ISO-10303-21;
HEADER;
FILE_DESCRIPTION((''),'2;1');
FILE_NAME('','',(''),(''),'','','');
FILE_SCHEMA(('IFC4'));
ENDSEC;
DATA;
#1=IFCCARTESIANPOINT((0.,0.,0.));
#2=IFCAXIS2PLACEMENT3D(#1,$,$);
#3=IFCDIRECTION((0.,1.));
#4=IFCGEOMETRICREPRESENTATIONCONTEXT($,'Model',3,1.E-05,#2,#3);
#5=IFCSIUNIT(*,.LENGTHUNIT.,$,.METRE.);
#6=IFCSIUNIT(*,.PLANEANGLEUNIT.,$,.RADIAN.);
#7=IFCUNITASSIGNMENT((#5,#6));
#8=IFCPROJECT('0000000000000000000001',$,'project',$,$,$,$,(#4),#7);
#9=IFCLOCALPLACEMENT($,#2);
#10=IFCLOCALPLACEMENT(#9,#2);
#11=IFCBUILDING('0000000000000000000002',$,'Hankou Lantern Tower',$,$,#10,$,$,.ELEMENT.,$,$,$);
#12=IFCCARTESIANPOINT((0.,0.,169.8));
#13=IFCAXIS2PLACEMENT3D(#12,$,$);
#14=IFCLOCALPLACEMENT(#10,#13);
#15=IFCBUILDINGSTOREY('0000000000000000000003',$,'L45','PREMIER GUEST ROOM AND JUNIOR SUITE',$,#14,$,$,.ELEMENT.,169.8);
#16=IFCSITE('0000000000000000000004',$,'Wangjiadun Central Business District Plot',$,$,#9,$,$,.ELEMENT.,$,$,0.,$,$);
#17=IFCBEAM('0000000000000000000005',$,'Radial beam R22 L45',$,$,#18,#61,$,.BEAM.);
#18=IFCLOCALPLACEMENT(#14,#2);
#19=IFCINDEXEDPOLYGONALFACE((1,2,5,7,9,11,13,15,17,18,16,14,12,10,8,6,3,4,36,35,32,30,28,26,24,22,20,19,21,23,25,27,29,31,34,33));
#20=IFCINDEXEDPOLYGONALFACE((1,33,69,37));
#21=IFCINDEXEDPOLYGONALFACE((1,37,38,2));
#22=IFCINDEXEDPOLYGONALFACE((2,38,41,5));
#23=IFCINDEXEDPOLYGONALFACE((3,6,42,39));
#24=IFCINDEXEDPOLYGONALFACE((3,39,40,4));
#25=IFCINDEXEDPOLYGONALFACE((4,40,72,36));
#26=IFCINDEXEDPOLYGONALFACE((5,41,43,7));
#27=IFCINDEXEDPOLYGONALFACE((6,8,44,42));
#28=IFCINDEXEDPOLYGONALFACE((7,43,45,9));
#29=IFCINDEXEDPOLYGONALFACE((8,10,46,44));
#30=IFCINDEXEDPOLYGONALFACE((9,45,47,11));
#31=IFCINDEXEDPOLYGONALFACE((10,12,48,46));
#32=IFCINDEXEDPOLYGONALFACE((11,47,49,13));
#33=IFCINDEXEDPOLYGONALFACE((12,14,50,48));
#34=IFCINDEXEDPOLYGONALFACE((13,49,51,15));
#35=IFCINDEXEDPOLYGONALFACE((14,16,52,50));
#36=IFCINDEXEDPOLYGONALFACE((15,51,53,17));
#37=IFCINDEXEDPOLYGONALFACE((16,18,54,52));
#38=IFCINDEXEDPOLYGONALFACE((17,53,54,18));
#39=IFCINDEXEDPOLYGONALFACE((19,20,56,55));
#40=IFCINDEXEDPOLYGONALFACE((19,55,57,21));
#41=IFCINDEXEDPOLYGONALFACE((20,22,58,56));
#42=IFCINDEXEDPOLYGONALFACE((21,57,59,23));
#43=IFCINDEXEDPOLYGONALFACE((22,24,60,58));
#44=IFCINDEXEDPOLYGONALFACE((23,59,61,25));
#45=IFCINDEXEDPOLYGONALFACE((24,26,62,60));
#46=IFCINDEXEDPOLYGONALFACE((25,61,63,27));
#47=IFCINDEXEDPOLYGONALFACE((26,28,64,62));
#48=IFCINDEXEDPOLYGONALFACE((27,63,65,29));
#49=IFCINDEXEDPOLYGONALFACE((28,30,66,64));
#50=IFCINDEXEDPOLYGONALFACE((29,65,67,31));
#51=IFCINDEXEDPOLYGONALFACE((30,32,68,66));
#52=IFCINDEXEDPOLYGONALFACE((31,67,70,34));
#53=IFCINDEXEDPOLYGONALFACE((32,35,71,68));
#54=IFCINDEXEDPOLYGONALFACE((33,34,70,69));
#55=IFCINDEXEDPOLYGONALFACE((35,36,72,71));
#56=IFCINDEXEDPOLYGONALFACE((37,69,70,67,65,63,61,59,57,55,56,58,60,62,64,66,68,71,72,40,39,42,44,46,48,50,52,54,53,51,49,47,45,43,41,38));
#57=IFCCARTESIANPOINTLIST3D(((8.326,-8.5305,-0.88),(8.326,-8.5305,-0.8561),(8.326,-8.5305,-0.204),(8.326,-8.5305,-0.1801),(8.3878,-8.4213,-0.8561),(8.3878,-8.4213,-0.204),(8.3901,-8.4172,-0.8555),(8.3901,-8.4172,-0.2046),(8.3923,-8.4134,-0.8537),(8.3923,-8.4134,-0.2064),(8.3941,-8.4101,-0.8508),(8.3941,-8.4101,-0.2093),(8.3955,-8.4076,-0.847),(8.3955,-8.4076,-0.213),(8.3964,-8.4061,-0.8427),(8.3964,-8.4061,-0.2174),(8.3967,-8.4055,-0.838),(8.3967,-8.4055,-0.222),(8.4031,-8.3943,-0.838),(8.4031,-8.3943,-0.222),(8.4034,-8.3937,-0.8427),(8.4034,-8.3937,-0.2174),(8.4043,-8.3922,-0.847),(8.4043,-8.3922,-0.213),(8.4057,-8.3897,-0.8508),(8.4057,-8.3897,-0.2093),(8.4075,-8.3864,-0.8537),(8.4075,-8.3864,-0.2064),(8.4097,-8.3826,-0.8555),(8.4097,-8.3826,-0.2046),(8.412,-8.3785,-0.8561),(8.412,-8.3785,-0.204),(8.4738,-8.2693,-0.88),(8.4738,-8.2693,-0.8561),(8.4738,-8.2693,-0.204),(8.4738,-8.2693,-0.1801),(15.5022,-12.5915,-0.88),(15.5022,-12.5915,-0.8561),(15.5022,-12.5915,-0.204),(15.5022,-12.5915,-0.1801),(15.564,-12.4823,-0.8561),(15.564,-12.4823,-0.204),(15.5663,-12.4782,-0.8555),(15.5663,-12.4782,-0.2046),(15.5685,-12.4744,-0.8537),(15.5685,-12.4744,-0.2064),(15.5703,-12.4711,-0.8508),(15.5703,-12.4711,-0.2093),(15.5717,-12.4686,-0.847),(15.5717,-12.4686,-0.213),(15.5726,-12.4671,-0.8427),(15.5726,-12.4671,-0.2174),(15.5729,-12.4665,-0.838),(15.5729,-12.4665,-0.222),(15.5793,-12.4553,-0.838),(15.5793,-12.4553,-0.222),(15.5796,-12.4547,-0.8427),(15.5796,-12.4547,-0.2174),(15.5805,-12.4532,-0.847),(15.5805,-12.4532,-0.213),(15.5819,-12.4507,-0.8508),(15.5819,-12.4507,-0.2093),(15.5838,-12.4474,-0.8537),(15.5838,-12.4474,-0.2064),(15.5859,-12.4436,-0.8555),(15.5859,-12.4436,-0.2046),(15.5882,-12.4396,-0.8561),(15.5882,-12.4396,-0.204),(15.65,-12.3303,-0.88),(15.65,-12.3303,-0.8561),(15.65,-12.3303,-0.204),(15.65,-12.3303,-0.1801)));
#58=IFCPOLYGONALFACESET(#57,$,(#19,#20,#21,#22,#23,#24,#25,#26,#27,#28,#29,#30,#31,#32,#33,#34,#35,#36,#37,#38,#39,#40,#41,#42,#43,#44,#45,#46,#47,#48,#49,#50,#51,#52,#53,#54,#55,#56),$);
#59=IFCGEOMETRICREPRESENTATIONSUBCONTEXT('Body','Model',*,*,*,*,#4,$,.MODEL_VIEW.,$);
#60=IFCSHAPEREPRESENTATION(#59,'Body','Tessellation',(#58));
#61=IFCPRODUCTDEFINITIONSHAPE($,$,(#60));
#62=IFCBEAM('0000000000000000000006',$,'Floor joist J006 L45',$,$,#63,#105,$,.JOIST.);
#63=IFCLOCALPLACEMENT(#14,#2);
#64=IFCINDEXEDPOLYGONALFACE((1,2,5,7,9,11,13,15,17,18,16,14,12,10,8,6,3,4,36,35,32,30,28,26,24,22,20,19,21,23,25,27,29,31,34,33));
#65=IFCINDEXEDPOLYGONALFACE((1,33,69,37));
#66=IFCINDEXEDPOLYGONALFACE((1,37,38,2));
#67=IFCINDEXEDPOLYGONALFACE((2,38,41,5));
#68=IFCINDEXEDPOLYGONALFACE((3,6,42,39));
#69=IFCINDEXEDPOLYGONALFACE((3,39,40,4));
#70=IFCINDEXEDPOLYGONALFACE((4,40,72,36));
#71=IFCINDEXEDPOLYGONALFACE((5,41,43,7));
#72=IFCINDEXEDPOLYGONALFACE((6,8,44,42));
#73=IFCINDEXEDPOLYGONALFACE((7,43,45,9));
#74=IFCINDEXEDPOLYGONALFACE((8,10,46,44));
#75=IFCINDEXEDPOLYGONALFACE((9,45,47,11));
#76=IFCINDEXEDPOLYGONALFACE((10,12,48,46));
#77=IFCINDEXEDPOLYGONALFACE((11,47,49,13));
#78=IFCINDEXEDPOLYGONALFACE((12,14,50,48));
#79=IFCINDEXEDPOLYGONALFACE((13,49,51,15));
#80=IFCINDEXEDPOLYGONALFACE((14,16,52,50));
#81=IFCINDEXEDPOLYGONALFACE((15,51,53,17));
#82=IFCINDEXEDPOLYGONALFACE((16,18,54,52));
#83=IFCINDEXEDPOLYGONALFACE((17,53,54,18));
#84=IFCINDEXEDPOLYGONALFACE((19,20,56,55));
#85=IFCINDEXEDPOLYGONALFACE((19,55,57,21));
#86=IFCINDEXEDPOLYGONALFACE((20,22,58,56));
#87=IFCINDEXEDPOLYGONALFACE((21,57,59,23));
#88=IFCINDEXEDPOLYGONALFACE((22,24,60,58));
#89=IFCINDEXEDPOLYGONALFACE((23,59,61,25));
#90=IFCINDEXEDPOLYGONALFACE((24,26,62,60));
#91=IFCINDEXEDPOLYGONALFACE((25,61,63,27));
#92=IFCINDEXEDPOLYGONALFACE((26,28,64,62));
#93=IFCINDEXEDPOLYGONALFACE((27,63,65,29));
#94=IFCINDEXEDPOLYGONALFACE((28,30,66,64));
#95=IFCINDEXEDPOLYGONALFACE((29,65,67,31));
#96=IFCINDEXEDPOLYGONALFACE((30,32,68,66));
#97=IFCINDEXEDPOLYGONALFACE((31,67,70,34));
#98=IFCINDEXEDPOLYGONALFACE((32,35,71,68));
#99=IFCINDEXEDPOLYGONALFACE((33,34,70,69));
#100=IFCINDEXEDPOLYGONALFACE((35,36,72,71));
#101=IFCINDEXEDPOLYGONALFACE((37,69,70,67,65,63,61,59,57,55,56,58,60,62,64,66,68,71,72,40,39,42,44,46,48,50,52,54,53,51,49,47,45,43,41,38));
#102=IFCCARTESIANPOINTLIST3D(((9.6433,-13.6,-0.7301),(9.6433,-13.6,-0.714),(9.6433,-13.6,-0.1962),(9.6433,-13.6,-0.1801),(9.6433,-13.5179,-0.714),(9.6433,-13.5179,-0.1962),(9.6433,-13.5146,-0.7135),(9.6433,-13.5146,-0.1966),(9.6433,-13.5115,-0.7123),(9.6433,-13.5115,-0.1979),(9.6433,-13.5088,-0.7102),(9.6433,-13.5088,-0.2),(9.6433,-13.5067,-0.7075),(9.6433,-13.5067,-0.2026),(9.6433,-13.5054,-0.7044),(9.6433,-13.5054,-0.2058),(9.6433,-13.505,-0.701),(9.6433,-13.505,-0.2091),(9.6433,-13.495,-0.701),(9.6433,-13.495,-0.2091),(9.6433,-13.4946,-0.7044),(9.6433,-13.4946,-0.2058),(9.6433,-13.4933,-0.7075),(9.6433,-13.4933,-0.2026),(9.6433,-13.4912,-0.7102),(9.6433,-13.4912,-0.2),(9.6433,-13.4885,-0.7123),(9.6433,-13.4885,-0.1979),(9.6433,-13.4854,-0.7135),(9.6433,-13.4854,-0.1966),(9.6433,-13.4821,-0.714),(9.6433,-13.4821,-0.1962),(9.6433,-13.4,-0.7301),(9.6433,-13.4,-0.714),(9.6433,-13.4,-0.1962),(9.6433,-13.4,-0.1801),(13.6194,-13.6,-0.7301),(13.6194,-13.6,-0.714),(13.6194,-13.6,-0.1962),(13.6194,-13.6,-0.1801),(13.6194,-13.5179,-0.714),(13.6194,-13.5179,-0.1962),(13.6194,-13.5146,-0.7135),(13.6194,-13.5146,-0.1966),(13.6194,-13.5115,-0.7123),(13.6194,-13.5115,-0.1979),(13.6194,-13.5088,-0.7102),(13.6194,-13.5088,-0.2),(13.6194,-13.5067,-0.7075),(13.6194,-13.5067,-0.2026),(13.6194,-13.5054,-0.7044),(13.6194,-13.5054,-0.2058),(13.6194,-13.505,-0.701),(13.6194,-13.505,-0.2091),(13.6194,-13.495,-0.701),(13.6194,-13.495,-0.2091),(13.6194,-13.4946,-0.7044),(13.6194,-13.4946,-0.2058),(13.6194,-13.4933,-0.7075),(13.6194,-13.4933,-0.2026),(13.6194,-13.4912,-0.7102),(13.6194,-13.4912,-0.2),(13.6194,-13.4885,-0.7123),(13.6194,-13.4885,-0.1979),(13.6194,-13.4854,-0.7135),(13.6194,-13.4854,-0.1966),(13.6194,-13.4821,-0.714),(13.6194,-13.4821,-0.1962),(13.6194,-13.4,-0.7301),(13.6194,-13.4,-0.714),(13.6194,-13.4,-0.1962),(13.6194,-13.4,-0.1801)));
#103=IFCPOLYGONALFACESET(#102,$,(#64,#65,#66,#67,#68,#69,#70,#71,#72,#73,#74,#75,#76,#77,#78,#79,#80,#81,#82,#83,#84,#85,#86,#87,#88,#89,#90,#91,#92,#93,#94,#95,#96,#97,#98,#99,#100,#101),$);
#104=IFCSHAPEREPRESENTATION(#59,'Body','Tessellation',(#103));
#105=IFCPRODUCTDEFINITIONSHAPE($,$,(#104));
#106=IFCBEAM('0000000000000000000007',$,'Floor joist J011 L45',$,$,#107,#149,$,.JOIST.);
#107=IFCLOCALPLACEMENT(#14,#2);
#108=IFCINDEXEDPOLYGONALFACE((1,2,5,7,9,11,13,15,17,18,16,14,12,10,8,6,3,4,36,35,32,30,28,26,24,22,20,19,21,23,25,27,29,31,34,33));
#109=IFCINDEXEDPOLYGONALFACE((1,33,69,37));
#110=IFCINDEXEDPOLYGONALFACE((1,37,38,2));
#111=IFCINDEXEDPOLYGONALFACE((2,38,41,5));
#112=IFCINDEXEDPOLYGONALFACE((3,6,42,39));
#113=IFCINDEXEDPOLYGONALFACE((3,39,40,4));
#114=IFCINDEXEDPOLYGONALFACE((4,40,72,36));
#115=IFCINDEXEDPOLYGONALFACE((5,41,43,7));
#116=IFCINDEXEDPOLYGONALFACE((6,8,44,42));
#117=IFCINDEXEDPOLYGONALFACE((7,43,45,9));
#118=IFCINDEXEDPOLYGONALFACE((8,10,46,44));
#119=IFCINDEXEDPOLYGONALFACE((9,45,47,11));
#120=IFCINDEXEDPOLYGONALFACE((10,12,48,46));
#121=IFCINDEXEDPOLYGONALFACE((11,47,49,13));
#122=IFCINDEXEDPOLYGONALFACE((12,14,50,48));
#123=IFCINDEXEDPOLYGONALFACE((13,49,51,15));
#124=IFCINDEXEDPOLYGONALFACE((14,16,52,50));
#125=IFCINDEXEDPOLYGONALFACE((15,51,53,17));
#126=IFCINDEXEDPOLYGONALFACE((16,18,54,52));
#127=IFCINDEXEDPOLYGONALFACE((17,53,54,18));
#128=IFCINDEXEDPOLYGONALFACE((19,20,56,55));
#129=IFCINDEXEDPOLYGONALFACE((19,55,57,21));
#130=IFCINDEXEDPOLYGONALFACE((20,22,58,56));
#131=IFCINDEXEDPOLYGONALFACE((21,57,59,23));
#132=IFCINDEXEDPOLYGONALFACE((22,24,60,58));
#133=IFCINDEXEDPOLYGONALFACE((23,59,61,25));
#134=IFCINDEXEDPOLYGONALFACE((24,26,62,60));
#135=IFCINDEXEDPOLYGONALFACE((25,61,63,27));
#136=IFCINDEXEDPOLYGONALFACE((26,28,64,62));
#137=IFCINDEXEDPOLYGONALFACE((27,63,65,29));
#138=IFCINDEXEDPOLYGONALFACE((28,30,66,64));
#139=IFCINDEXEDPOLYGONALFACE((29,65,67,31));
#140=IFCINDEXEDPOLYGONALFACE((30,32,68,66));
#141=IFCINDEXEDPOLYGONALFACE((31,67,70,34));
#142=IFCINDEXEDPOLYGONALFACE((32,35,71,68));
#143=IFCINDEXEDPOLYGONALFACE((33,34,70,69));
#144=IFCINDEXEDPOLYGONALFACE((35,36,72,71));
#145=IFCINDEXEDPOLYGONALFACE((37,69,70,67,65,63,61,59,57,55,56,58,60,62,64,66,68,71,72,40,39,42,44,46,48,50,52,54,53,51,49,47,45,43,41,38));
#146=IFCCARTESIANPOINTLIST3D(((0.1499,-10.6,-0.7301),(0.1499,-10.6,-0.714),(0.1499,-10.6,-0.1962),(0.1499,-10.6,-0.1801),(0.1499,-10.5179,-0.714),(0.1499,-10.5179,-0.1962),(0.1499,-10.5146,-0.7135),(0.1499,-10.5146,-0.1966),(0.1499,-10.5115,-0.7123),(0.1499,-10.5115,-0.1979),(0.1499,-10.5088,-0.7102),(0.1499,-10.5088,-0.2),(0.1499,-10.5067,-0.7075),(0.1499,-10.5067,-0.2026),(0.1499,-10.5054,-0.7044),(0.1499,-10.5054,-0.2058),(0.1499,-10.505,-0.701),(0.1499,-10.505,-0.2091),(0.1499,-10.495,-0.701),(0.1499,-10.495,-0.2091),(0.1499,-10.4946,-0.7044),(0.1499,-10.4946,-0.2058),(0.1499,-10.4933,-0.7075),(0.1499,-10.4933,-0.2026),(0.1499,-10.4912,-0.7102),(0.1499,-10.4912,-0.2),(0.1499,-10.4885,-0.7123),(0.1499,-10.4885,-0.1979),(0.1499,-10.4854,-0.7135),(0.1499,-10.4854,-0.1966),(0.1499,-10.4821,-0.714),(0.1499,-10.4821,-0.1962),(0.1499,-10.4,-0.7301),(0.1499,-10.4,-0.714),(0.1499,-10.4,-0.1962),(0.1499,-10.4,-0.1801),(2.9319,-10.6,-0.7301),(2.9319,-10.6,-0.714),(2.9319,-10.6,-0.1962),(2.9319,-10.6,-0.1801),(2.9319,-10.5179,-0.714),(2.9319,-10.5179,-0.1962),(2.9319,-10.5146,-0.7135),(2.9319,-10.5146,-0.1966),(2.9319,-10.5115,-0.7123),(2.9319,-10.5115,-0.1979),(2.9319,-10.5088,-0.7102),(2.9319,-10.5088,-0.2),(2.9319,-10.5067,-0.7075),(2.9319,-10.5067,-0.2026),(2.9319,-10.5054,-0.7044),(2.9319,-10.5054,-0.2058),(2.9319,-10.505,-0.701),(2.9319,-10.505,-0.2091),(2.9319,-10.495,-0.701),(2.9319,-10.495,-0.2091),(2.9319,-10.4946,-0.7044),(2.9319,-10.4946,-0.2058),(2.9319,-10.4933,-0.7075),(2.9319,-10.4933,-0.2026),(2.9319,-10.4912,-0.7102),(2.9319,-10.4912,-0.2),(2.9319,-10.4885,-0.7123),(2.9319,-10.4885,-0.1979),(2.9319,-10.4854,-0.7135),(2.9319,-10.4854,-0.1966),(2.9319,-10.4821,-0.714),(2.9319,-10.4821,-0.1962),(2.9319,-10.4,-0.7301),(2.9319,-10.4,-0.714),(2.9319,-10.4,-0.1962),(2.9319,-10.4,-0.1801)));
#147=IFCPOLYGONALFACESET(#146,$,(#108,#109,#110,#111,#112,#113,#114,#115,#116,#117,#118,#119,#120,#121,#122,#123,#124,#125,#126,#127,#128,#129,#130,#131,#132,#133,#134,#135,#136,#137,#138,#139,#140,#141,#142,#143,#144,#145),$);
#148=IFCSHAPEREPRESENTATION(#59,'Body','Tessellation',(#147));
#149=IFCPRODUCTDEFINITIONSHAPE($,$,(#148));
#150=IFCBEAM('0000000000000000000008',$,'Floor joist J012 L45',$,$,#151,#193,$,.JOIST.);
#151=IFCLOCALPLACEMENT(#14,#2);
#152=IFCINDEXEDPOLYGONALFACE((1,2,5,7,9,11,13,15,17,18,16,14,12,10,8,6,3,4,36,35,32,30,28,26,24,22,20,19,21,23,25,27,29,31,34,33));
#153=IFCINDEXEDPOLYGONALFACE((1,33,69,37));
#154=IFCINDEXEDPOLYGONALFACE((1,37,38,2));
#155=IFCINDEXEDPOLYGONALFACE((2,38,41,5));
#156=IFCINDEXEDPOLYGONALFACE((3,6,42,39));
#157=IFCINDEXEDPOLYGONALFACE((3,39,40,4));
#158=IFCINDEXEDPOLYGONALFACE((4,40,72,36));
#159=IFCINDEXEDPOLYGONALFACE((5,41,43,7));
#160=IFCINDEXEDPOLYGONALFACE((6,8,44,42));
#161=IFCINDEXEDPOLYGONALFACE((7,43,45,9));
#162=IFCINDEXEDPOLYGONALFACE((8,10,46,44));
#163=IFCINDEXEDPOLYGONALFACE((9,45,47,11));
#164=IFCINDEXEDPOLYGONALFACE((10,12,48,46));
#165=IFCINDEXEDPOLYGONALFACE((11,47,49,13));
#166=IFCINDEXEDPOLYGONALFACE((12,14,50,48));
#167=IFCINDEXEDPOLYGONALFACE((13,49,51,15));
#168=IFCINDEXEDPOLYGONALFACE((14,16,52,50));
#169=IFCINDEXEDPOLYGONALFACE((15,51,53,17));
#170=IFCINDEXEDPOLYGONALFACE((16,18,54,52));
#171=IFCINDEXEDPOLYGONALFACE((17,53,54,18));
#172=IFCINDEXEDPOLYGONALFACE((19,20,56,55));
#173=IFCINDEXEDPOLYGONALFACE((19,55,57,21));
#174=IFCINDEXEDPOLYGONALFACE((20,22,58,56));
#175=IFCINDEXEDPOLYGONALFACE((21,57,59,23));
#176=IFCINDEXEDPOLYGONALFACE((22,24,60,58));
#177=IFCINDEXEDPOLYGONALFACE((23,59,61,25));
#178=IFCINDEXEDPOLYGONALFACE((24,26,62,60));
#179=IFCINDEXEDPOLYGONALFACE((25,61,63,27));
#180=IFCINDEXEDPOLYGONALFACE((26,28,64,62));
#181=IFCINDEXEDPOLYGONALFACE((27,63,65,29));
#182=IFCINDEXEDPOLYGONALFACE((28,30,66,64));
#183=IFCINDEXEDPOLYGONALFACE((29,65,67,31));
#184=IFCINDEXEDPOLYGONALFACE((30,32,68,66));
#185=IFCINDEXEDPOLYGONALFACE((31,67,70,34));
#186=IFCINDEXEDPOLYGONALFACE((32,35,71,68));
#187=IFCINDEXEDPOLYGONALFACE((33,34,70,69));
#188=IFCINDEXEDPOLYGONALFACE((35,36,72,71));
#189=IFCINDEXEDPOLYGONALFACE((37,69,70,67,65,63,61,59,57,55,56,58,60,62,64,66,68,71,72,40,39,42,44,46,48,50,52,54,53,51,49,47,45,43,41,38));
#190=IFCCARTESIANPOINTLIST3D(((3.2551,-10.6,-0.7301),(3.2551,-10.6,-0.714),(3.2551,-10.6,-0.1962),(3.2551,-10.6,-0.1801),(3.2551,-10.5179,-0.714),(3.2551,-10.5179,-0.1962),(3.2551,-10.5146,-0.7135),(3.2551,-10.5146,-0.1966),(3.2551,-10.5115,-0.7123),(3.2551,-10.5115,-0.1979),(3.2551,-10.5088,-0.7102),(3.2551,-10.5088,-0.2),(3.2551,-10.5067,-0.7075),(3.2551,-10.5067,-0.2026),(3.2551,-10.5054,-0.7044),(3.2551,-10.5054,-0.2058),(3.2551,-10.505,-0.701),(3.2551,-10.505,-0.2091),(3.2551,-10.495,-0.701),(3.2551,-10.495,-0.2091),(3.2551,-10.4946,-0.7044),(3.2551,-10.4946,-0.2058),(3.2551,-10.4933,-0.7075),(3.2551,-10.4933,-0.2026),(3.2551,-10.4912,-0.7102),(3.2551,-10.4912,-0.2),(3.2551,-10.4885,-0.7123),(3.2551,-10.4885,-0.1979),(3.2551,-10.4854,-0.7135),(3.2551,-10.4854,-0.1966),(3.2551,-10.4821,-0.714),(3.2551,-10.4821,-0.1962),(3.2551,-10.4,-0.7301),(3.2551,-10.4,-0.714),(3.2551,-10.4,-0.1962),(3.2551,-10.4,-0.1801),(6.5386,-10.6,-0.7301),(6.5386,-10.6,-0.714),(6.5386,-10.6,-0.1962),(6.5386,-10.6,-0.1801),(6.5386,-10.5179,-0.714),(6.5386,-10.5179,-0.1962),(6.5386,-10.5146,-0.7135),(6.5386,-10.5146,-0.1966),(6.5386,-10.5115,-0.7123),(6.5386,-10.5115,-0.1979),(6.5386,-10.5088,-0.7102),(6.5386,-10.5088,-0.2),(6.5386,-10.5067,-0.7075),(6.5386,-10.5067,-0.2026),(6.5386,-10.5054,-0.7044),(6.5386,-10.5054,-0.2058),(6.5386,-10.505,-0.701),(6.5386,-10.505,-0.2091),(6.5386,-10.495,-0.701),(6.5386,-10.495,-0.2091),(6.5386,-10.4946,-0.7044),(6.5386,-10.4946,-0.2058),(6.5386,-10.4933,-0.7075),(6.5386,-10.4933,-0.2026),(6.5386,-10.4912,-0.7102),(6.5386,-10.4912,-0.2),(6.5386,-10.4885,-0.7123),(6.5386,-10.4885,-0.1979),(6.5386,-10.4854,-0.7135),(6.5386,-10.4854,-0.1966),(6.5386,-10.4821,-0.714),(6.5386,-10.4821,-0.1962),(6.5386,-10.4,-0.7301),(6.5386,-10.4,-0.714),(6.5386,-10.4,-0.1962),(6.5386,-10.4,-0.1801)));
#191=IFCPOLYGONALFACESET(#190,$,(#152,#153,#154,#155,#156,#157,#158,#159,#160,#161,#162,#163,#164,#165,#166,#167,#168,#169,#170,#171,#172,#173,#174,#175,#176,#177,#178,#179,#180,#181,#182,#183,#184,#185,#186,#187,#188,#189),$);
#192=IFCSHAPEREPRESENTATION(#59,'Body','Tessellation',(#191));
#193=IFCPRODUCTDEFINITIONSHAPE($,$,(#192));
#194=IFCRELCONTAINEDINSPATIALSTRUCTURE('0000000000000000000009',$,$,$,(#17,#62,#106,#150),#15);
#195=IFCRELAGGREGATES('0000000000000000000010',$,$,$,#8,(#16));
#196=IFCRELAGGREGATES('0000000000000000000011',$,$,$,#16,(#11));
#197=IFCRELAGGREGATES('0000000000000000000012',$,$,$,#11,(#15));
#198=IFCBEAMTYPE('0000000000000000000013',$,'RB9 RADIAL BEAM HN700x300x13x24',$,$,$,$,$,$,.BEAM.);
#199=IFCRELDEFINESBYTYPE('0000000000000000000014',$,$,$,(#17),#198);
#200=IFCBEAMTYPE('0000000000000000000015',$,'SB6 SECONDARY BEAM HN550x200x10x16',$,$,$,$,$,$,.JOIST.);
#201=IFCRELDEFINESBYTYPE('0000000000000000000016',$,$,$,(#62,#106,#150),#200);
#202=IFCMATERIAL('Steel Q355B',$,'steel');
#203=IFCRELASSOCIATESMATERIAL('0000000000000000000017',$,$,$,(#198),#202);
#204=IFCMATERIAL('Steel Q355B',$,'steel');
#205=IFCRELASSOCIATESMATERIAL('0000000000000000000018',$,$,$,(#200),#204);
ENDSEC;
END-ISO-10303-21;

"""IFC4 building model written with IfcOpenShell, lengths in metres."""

from ifc_helpers import new_model, si_unit, direction, frame, origin, origin_2d, place, context, subcontext, project, spatial, i_section, extrude, material, material_profile, profile_set, type_object, element, save


model = new_model("IFC4")

# Units and contexts
model_context = context("Model", 3, precision=1e-05, world=origin(), true_north=direction((0.0, 1.0)))
body_context = subcontext(model_context, "Body", "Model", "MODEL_VIEW")
ifc_project = project(units=[si_unit("LENGTHUNIT", "METRE"), si_unit("PLANEANGLEUNIT", "RADIAN")], contexts=[model_context])

# Site, building, storey
site_placement = place(None, origin())
site = spatial("IfcSite", under=ifc_project, at=site_placement, Name="Wangjiadun Central Business District Plot", CompositionType="ELEMENT", RefElevation=0.0)
building_placement = place(site_placement, origin())
building = spatial("IfcBuilding", under=site, at=building_placement, Name="Hankou Lantern Tower", CompositionType="ELEMENT")
storey_placement = place(building_placement, frame((0.0, 0.0, 169.8)))
storey = spatial("IfcBuildingStorey", under=building, at=storey_placement, Name="L45", Description="PREMIER GUEST ROOM AND JUNIOR SUITE", CompositionType="ELEMENT", Elevation=169.8)

# Beams
ifc_material_1 = material(Name="Steel Q355B", Category="steel")
ifc_material_profile_1 = material_profile(ifc_material_1, i_section(OverallWidth=0.3, OverallDepth=0.7, WebThickness=0.0129, FlangeThickness=0.0239, FilletRadius=0.0181, at=origin_2d()), Name="HN700x300x13x24")
ifc_profile_set_1 = profile_set([ifc_material_profile_1], Name="Steel Q355B")
beam_type_1 = type_object("IfcBeamType", Name="RB9 RADIAL BEAM HN700x300x13x24", PredefinedType="BEAM", material=ifc_profile_set_1)
beam_1_placement = place(storey_placement, frame((8.3999, -8.3999, -0.53), z_axis=(0.870309, -0.492506, 0.0), x_axis=(0.492506, 0.870309, 0.0)))
element("IfcBeam", 1, at=beam_1_placement, inside=storey, type_object=beam_type_1, Name="Radial beam R22 L45", PredefinedType="BEAM", context=body_context, shape_type="SweptSolid", body=[
    extrude(i_section(OverallWidth=0.3, OverallDepth=0.7, WebThickness=0.0129, FlangeThickness=0.0239, FilletRadius=0.0181, at=origin_2d()), origin(), (0.0, 0.0, 1.0), 8.2456),
])
ifc_material_2 = material(Name="Steel Q355B", Category="steel")
ifc_material_profile_2 = material_profile(ifc_material_2, i_section(OverallWidth=0.2, OverallDepth=0.55, WebThickness=0.01, FlangeThickness=0.0161, FilletRadius=0.0129, at=origin_2d()), Name="HN550x200x10x16")
ifc_profile_set_2 = profile_set([ifc_material_profile_2], Name="Steel Q355B")
beam_type_2 = type_object("IfcBeamType", Name="SB6 SECONDARY BEAM HN550x200x10x16", PredefinedType="JOIST", material=ifc_profile_set_2)
beam_2_placement = place(storey_placement, frame((9.6433, -13.5, -0.4551), z_axis=(1.0, 0.0, 0.0), x_axis=(0.0, 1.0, 0.0)))
element("IfcBeam", 2, at=beam_2_placement, inside=storey, type_object=beam_type_2, Name="Floor joist J006 L45", PredefinedType="JOIST", context=body_context, shape_type="SweptSolid", body=[
    extrude(i_section(OverallWidth=0.2, OverallDepth=0.55, WebThickness=0.01, FlangeThickness=0.0161, FilletRadius=0.0129, at=origin_2d()), origin(), (0.0, 0.0, 1.0), 3.9761),
])
beam_3_placement = place(storey_placement, frame((0.1499, -10.5, -0.4551), z_axis=(1.0, 0.0, 0.0), x_axis=(0.0, 1.0, 0.0)))
element("IfcBeam", 3, at=beam_3_placement, inside=storey, type_object=beam_type_2, Name="Floor joist J011 L45", PredefinedType="JOIST", context=body_context, shape_type="SweptSolid", body=[
    extrude(i_section(OverallWidth=0.2, OverallDepth=0.55, WebThickness=0.01, FlangeThickness=0.0161, FilletRadius=0.0129, at=origin_2d()), origin(), (0.0, 0.0, 1.0), 2.782),
])
beam_4_placement = place(storey_placement, frame((3.2551, -10.5, -0.4551), z_axis=(1.0, 0.0, 0.0), x_axis=(0.0, 1.0, 0.0)))
element("IfcBeam", 4, at=beam_4_placement, inside=storey, type_object=beam_type_2, Name="Floor joist J012 L45", PredefinedType="JOIST", context=body_context, shape_type="SweptSolid", body=[
    extrude(i_section(OverallWidth=0.2, OverallDepth=0.55, WebThickness=0.01, FlangeThickness=0.0161, FilletRadius=0.0129, at=origin_2d()), origin(), (0.0, 0.0, 1.0), 3.2834),
])

save(model, "model.ifc")
